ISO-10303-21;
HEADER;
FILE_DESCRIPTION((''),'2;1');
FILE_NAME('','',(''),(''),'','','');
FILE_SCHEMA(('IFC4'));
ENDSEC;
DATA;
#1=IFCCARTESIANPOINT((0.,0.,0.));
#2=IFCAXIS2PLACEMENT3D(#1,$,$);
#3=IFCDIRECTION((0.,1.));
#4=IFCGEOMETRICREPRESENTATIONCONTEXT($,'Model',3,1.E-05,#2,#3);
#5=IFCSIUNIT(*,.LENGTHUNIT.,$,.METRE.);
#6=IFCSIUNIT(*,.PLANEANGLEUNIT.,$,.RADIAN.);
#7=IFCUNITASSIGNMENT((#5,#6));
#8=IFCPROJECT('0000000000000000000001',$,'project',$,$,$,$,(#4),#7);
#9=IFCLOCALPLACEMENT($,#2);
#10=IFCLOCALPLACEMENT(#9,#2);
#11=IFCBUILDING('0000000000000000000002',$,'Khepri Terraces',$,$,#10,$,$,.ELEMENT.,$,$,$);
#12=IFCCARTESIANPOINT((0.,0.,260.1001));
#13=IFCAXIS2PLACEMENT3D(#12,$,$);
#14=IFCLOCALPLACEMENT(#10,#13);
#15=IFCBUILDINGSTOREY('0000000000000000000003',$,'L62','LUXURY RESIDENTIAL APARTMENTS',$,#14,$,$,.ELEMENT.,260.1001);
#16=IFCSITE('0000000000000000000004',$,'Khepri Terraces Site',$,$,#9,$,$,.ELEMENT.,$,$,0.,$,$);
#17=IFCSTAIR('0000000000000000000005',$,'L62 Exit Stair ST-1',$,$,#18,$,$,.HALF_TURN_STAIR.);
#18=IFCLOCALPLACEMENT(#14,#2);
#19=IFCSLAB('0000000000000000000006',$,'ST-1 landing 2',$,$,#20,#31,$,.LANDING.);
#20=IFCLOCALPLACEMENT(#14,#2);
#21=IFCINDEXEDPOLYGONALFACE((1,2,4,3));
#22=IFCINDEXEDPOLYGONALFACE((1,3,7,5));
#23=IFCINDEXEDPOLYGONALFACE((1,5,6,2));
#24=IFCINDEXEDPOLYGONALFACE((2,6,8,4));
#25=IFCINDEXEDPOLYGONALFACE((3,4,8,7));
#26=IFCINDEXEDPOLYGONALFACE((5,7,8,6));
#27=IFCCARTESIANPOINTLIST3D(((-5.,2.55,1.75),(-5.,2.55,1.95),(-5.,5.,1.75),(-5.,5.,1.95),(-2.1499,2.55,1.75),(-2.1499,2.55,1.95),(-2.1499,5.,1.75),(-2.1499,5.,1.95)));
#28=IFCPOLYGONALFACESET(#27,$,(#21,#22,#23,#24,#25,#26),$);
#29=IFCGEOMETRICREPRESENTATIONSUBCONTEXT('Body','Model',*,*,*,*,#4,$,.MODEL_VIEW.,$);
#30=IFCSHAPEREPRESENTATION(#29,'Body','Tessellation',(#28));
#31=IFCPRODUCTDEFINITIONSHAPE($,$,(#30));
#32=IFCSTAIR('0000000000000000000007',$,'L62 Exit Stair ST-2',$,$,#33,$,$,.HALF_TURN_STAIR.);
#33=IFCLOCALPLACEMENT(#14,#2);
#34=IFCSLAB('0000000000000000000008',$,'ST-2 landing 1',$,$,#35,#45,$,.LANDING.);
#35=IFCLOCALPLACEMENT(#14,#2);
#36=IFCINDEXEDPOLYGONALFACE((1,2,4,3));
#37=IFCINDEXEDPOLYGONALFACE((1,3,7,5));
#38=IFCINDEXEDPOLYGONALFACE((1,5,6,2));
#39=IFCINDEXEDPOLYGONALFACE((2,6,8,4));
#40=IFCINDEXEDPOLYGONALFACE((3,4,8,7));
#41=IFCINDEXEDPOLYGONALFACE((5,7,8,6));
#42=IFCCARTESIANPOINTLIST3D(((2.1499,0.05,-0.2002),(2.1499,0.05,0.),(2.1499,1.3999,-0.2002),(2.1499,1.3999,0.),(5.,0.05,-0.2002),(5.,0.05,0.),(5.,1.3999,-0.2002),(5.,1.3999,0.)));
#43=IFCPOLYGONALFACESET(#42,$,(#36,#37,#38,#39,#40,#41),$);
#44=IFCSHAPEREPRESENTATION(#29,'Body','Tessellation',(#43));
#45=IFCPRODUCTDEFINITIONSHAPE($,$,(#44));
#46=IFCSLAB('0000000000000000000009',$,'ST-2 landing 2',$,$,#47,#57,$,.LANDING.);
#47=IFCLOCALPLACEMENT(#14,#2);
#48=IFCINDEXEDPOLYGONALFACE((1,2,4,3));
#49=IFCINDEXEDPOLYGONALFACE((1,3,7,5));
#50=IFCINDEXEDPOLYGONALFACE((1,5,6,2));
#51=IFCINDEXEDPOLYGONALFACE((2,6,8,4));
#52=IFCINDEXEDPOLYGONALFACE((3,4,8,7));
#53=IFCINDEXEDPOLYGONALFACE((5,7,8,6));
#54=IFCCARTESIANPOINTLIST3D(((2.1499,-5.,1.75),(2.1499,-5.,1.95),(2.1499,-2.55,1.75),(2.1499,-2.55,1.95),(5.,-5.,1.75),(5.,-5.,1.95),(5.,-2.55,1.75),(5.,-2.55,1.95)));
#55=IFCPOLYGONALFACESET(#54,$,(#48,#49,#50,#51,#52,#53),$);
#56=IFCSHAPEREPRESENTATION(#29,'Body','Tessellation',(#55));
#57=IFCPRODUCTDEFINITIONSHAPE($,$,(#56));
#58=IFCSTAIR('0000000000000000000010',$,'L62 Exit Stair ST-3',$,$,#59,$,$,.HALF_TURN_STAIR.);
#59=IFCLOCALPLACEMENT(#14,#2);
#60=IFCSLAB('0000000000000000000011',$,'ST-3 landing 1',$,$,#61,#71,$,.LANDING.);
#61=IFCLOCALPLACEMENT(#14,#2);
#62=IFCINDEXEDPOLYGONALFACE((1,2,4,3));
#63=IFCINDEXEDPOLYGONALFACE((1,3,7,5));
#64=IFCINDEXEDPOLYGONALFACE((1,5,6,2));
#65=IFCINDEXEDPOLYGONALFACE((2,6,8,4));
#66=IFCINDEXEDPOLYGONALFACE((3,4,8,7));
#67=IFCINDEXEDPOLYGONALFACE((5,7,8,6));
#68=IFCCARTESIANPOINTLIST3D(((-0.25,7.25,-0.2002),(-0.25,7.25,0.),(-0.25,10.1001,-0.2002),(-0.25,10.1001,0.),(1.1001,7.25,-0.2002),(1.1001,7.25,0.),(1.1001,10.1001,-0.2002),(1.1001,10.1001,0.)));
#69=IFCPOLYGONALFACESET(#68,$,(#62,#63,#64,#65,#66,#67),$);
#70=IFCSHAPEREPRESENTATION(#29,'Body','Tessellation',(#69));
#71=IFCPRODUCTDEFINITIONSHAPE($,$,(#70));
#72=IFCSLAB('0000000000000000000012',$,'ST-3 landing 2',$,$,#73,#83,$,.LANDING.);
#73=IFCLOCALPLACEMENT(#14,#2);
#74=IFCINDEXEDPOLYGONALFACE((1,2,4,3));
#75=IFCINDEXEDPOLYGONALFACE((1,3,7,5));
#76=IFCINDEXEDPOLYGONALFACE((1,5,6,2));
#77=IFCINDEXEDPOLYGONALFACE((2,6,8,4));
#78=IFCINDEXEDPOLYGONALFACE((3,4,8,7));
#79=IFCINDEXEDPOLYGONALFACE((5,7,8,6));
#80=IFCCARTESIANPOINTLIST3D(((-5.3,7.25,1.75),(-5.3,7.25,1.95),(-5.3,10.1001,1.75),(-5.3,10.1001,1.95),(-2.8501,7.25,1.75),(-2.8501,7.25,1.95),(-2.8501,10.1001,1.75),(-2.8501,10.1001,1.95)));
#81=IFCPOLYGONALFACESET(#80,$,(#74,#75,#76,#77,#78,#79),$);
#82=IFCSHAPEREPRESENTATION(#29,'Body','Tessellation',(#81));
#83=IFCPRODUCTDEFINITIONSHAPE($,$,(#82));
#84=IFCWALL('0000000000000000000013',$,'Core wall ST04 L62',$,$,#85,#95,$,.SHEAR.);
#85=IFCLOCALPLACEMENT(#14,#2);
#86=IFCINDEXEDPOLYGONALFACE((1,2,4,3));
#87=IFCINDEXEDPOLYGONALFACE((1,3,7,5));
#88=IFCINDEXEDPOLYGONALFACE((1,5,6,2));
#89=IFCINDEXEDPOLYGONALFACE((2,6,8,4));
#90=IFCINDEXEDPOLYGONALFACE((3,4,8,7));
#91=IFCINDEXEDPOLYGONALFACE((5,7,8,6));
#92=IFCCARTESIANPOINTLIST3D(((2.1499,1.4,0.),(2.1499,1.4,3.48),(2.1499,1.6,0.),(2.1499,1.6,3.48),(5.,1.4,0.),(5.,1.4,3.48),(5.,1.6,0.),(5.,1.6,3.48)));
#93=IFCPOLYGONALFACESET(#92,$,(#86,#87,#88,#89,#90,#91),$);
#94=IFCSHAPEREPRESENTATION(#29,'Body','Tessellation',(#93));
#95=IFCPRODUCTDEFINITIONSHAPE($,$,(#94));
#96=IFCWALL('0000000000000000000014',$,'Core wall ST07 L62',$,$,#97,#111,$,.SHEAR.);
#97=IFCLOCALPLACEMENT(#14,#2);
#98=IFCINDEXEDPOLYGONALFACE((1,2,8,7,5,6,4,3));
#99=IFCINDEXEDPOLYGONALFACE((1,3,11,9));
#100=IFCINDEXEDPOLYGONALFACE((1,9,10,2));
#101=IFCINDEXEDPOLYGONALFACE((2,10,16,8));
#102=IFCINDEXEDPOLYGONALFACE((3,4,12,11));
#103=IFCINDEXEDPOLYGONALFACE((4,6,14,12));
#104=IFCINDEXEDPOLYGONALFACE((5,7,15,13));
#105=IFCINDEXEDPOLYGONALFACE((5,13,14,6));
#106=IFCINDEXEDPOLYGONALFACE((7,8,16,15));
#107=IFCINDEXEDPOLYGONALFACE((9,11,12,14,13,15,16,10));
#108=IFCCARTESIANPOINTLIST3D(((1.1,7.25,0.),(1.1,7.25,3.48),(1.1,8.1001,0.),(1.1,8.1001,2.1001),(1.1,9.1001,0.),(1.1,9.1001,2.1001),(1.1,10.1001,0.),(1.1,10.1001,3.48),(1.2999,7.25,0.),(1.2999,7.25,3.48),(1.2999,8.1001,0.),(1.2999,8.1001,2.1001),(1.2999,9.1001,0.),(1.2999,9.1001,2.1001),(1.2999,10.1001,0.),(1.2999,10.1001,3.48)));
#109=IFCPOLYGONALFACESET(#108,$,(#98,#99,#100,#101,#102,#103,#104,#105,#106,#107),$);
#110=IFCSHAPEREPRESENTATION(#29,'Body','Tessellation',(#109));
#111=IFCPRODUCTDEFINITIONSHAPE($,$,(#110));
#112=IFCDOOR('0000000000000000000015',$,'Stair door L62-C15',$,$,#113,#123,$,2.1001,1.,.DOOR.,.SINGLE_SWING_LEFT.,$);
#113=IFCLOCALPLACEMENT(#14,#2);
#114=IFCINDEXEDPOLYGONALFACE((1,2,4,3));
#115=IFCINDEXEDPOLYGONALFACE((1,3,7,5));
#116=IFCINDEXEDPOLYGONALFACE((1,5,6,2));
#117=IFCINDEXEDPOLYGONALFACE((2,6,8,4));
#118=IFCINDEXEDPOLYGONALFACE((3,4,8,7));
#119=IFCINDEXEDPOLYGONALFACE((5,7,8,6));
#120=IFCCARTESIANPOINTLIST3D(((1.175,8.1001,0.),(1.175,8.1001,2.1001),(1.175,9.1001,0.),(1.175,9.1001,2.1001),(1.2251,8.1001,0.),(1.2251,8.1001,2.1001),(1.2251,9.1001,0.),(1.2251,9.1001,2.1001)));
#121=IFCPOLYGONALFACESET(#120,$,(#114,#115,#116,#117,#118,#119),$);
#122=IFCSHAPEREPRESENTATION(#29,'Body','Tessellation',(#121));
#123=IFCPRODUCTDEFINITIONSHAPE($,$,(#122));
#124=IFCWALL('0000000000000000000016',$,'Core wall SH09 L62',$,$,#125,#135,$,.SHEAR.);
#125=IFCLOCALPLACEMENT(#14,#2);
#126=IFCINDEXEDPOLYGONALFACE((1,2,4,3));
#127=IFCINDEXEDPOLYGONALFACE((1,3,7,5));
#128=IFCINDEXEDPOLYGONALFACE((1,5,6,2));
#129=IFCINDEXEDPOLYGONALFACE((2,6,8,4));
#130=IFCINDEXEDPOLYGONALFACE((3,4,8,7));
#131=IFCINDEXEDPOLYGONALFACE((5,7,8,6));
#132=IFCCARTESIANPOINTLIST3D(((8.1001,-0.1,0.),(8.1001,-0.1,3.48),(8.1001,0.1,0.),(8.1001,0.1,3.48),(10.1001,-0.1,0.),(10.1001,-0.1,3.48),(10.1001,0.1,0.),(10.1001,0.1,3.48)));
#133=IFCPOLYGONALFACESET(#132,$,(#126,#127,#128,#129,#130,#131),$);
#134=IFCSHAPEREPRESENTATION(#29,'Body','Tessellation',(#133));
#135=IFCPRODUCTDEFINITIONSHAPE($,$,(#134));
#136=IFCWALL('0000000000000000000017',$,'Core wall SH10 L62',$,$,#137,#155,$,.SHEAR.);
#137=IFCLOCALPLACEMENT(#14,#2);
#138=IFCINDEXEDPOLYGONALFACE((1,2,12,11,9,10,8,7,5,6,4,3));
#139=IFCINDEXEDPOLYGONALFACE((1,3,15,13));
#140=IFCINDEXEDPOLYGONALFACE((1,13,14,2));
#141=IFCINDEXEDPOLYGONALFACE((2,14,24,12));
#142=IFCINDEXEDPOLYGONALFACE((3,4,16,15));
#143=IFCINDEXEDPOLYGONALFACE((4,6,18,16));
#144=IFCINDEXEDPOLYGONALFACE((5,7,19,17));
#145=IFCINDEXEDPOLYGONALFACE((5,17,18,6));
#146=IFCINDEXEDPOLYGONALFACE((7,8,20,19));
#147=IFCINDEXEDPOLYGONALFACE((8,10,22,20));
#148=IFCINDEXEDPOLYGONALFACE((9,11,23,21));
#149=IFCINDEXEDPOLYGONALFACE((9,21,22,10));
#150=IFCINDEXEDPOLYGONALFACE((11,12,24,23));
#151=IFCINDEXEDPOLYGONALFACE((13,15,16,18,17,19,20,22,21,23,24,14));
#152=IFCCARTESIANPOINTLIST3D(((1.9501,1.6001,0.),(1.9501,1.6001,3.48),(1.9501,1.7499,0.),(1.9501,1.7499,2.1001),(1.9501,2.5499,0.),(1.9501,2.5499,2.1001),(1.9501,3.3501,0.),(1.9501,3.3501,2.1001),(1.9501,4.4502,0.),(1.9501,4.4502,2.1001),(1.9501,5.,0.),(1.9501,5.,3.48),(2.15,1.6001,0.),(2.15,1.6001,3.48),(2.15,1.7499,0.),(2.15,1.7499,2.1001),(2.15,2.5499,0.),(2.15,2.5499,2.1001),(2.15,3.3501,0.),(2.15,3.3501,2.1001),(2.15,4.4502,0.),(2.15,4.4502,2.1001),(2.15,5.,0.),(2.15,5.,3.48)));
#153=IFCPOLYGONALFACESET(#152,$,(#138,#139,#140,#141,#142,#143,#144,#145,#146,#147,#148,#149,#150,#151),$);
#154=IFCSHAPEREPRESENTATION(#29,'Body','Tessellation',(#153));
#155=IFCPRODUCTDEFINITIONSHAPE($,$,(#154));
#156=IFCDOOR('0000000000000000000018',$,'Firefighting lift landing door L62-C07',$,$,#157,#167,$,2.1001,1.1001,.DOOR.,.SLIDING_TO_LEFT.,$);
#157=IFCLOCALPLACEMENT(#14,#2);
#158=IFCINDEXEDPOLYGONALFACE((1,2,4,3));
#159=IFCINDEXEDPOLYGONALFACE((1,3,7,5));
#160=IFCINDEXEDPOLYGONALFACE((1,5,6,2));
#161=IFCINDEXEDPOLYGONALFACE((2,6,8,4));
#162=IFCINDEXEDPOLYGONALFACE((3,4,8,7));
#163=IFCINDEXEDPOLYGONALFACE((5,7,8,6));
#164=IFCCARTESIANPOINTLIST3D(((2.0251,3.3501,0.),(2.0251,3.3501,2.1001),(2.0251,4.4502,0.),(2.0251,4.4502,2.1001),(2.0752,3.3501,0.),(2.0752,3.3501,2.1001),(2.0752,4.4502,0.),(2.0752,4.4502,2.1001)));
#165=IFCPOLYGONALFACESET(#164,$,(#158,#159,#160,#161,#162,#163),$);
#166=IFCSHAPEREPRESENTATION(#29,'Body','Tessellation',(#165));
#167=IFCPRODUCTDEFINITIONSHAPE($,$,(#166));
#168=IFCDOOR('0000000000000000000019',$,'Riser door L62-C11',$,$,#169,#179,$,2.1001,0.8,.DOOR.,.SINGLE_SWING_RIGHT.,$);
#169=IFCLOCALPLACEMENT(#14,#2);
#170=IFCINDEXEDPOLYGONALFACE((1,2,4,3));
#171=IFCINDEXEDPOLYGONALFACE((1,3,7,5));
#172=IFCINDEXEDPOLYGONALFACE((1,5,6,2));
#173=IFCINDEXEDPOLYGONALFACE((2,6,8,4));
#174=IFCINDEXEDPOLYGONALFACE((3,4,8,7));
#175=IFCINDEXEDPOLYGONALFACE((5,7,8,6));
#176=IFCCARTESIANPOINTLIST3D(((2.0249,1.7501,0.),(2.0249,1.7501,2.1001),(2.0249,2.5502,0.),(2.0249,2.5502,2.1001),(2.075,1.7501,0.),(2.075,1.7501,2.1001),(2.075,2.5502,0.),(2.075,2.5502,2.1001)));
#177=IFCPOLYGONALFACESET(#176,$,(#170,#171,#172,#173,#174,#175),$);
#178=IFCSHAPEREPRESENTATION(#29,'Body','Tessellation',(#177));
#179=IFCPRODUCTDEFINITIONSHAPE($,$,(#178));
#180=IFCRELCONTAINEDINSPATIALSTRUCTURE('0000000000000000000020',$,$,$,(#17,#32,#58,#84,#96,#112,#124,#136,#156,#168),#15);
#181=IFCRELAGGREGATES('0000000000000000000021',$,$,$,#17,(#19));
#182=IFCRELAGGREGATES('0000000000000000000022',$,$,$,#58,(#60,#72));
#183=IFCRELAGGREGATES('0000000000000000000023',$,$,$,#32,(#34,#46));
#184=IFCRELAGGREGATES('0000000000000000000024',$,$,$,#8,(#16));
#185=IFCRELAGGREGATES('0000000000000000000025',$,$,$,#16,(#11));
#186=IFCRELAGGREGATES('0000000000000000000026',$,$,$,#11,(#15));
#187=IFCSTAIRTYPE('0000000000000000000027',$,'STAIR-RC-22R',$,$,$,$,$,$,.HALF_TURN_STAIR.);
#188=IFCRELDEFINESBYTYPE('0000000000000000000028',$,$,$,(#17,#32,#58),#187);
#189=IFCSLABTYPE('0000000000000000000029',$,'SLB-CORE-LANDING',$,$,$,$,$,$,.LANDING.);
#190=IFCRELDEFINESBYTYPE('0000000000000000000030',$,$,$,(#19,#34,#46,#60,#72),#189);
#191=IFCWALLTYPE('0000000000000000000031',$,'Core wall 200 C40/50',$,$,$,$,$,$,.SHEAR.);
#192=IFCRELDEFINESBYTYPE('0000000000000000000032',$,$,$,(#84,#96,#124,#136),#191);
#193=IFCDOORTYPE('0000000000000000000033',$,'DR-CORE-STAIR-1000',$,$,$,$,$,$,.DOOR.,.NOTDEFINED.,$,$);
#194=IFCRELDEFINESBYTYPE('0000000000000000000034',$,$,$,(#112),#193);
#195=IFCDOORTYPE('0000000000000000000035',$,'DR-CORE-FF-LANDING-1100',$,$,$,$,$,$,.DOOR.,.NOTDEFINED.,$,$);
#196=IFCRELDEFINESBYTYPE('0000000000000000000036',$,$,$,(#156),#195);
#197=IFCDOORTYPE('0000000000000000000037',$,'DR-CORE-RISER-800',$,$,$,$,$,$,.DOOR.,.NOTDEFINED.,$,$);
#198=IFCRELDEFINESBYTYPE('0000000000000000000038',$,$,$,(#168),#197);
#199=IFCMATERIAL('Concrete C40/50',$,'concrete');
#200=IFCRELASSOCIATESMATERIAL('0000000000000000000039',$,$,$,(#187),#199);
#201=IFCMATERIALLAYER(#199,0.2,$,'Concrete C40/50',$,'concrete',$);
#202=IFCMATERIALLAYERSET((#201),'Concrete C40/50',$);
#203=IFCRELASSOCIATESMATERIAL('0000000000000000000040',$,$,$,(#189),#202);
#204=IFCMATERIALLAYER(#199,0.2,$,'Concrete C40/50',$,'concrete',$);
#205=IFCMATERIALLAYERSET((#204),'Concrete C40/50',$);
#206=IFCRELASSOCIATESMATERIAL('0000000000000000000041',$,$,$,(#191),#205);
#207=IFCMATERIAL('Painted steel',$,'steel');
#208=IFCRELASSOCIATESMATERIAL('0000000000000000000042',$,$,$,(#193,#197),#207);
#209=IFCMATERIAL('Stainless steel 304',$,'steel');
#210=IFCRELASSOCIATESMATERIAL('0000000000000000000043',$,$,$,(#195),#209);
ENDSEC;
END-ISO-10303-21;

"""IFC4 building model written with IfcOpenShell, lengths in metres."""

from ifc_helpers import new_model, si_unit, direction, frame, frame_2d, origin, place, context, subcontext, project, spatial, polyline, rectangle, outline, extrude, material, layer, layer_set, type_object, element, fill, aggregate, save


model = new_model("IFC4")

# Units and contexts
model_context = context("Model", 3, precision=1e-05, world=origin(), true_north=direction((0.0, 1.0)))
body_context = subcontext(model_context, "Body", "Model", "MODEL_VIEW")
ifc_project = project(units=[si_unit("LENGTHUNIT", "METRE"), si_unit("PLANEANGLEUNIT", "RADIAN")], contexts=[model_context])

# Site, building, storey
site_placement = place(None, origin())
site = spatial("IfcSite", under=ifc_project, at=site_placement, Name="Khepri Terraces Site", CompositionType="ELEMENT", RefElevation=0.0)
building_placement = place(site_placement, origin())
building = spatial("IfcBuilding", under=site, at=building_placement, Name="Khepri Terraces", CompositionType="ELEMENT")
storey_placement = place(building_placement, frame((0.0, 0.0, 260.1001)))
storey = spatial("IfcBuildingStorey", under=building, at=storey_placement, Name="L62", Description="LUXURY RESIDENTIAL APARTMENTS", CompositionType="ELEMENT", Elevation=260.1001)

# Stair, slab
ifc_material_1 = material(Name="Concrete C40/50", Category="concrete")
stair_type = type_object("IfcStairType", Name="STAIR-RC-22R", PredefinedType="HALF_TURN_STAIR", material=ifc_material_1)
stair_1_placement = place(storey_placement, origin())
stair_1 = element("IfcStair", 1, at=stair_1_placement, inside=storey, type_object=stair_type, Name="L62 Exit Stair ST-1", PredefinedType="HALF_TURN_STAIR")
ifc_layer_1 = layer(ifc_material_1, 0.2, Name="Concrete C40/50", Category="concrete")
ifc_layer_set_1 = layer_set([ifc_layer_1], Name="Concrete C40/50")
slab_type = type_object("IfcSlabType", Name="SLB-CORE-LANDING", PredefinedType="LANDING", material=ifc_layer_set_1)
slab_1_placement = place(storey_placement, frame((0.0, 0.0, 1.75)))
slab_1 = element("IfcSlab", 2, at=slab_1_placement, type_object=slab_type, Name="ST-1 landing 2", PredefinedType="LANDING", context=body_context, shape_type="SweptSolid", body=[
    extrude(outline(polyline([(-2.1499, 2.55), (-2.1499, 5.0), (-5.0, 5.0), (-5.0, 2.55), (-2.1499, 2.55)])), origin(), (0.0, 0.0, 1.0), 0.2),
])
aggregate(stair_1, [slab_1])

# Stairs, slabs
stair_2_placement = place(storey_placement, origin())
stair_2 = element("IfcStair", 3, at=stair_2_placement, inside=storey, type_object=stair_type, Name="L62 Exit Stair ST-2", PredefinedType="HALF_TURN_STAIR")
slab_2_placement = place(storey_placement, frame((0.0, 0.0, -0.2002)))
slab_2 = element("IfcSlab", 4, at=slab_2_placement, type_object=slab_type, Name="ST-2 landing 1", PredefinedType="LANDING", context=body_context, shape_type="SweptSolid", body=[
    extrude(outline(polyline([(2.1499, 1.3999), (2.1499, 0.05), (5.0, 0.05), (5.0, 1.3999), (2.1499, 1.3999)])), origin(), (0.0, 0.0, 1.0), 0.2002),
])
slab_3_placement = place(storey_placement, frame((0.0, 0.0, 1.75)))
slab_3 = element("IfcSlab", 5, at=slab_3_placement, type_object=slab_type, Name="ST-2 landing 2", PredefinedType="LANDING", context=body_context, shape_type="SweptSolid", body=[
    extrude(outline(polyline([(2.1499, -2.55), (2.1499, -5.0), (5.0, -5.0), (5.0, -2.55), (2.1499, -2.55)])), origin(), (0.0, 0.0, 1.0), 0.2),
])
stair_3_placement = place(storey_placement, origin())
stair_3 = element("IfcStair", 6, at=stair_3_placement, inside=storey, type_object=stair_type, Name="L62 Exit Stair ST-3", PredefinedType="HALF_TURN_STAIR")
slab_4_placement = place(storey_placement, frame((0.0, 0.0, -0.2002)))
slab_4 = element("IfcSlab", 7, at=slab_4_placement, type_object=slab_type, Name="ST-3 landing 1", PredefinedType="LANDING", context=body_context, shape_type="SweptSolid", body=[
    extrude(outline(polyline([(1.1001, 10.1001), (-0.25, 10.1001), (-0.25, 7.25), (1.1001, 7.25), (1.1001, 10.1001)])), origin(), (0.0, 0.0, 1.0), 0.2002),
])
slab_5_placement = place(storey_placement, frame((0.0, 0.0, 1.75)))
slab_5 = element("IfcSlab", 8, at=slab_5_placement, type_object=slab_type, Name="ST-3 landing 2", PredefinedType="LANDING", context=body_context, shape_type="SweptSolid", body=[
    extrude(outline(polyline([(-2.8501, 10.1001), (-5.3, 10.1001), (-5.3, 7.25), (-2.8501, 7.25), (-2.8501, 10.1001)])), origin(), (0.0, 0.0, 1.0), 0.2),
])
aggregate(stair_3, [slab_4, slab_5])

# Wall
ifc_layer_2 = layer(ifc_material_1, 0.2, Name="Concrete C40/50", Category="concrete")
ifc_layer_set_2 = layer_set([ifc_layer_2], Name="Concrete C40/50")
wall_type_1 = type_object("IfcWallType", Name="Core wall 200 C40/50", PredefinedType="SHEAR", material=ifc_layer_set_2)
wall_1_placement = place(storey_placement, frame((2.1499, 1.5, 0.0), z_axis=(0.0, 0.0, 1.0), x_axis=(1.0, 0.0, 0.0)))
element("IfcWall", 9, at=wall_1_placement, inside=storey, type_object=wall_type_1, Name="Core wall ST04 L62", PredefinedType="SHEAR", context=body_context, shape_type="SweptSolid", body=[
    extrude(rectangle(XDim=2.8501, YDim=0.2, at=frame_2d((1.425, 0.0))), origin(), (0.0, 0.0, 1.0), 3.48),
])

# Wall, opening, door
wall_2_placement = place(storey_placement, frame((1.2, 7.25, 0.0), z_axis=(0.0, 0.0, 1.0), x_axis=(0.0, 1.0, 0.0)))
wall_2 = element("IfcWall", 10, at=wall_2_placement, inside=storey, type_object=wall_type_1, Name="Core wall ST07 L62", PredefinedType="SHEAR", context=body_context, shape_type="SweptSolid", body=[
    extrude(rectangle(XDim=2.8501, YDim=0.2, at=frame_2d((1.425, 0.0))), origin(), (0.0, 0.0, 1.0), 3.48),
])
opening_1_placement = place(wall_2_placement, frame((0.8501, 0.0, 0.0)))
opening_1 = element("IfcOpeningElement", 11, at=opening_1_placement, cuts=wall_2, PredefinedType="OPENING", context=body_context, shape_type="SweptSolid", body=[
    extrude(rectangle(XDim=1.0, YDim=2.1001, at=frame_2d((0.5, 1.05))), frame((0.0, 0.1099, 0.0), z_axis=(0.0, -1.0, 0.0), x_axis=(1.0, 0.0, 0.0)), (0.0, 0.0, 1.0), 0.22),
])
ifc_material_2 = material(Name="Painted steel", Category="steel")
door_type_1 = type_object("IfcDoorType", Name="DR-CORE-STAIR-1000", OperationType="NOTDEFINED", PredefinedType="DOOR", material=ifc_material_2)
door_1_placement = place(opening_1_placement, origin())
door_1 = element("IfcDoor", 12, at=door_1_placement, inside=storey, type_object=door_type_1, Name="Stair door L62-C15", OperationType="SINGLE_SWING_LEFT", OverallHeight=2.1001, OverallWidth=1.0, PredefinedType="DOOR", context=body_context, shape_type="SweptSolid", body=[
    extrude(rectangle(XDim=1.0, YDim=2.1001, at=frame_2d((0.5, 1.05))), frame((0.0, 0.0249, 0.0), z_axis=(0.0, -1.0, 0.0), x_axis=(1.0, 0.0, 0.0)), (0.0, 0.0, 1.0), 0.05),
])
fill(opening_1, door_1)

# Wall
wall_3_placement = place(storey_placement, frame((8.1001, 0.0, 0.0), z_axis=(0.0, 0.0, 1.0), x_axis=(1.0, 0.0, 0.0)))
element("IfcWall", 13, at=wall_3_placement, inside=storey, type_object=wall_type_1, Name="Core wall SH09 L62", PredefinedType="SHEAR", context=body_context, shape_type="SweptSolid", body=[
    extrude(rectangle(XDim=2.0, YDim=0.2, at=frame_2d((1.0, 0.0))), origin(), (0.0, 0.0, 1.0), 3.48),
])

# Wall, openings, doors
wall_4_placement = place(storey_placement, frame((2.05, 1.6001, 0.0), z_axis=(0.0, 0.0, 1.0), x_axis=(0.0, 1.0, 0.0)))
wall_4 = element("IfcWall", 14, at=wall_4_placement, inside=storey, type_object=wall_type_1, Name="Core wall SH10 L62", PredefinedType="SHEAR", context=body_context, shape_type="SweptSolid", body=[
    extrude(rectangle(XDim=3.3999, YDim=0.2, at=frame_2d((1.7, 0.0))), origin(), (0.0, 0.0, 1.0), 3.48),
])
opening_2_placement = place(wall_4_placement, frame((1.75, 0.0, 0.0)))
opening_2 = element("IfcOpeningElement", 15, at=opening_2_placement, cuts=wall_4, PredefinedType="OPENING", context=body_context, shape_type="SweptSolid", body=[
    extrude(rectangle(XDim=1.1001, YDim=2.1001, at=frame_2d((0.55, 1.05))), frame((0.0, 0.1099, 0.0), z_axis=(0.0, -1.0, 0.0), x_axis=(1.0, 0.0, 0.0)), (0.0, 0.0, 1.0), 0.22),
])
opening_3_placement = place(wall_4_placement, frame((0.1499, 0.0, 0.0)))
opening_3 = element("IfcOpeningElement", 16, at=opening_3_placement, cuts=wall_4, PredefinedType="OPENING", context=body_context, shape_type="SweptSolid", body=[
    extrude(rectangle(XDim=0.8, YDim=2.1001, at=frame_2d((0.3999, 1.05))), frame((0.0, 0.1099, 0.0), z_axis=(0.0, -1.0, 0.0), x_axis=(1.0, 0.0, 0.0)), (0.0, 0.0, 1.0), 0.22),
])
ifc_material_3 = material(Name="Stainless steel 304", Category="steel")
door_type_2 = type_object("IfcDoorType", Name="DR-CORE-FF-LANDING-1100", OperationType="NOTDEFINED", PredefinedType="DOOR", material=ifc_material_3)
door_2_placement = place(opening_2_placement, origin())
door_2 = element("IfcDoor", 17, at=door_2_placement, inside=storey, type_object=door_type_2, Name="Firefighting lift landing door L62-C07", OperationType="SLIDING_TO_LEFT", OverallHeight=2.1001, OverallWidth=1.1001, PredefinedType="DOOR", context=body_context, shape_type="SweptSolid", body=[
    extrude(rectangle(XDim=1.1001, YDim=2.1001, at=frame_2d((0.55, 1.05))), frame((0.0, 0.0249, 0.0), z_axis=(0.0, -1.0, 0.0), x_axis=(1.0, 0.0, 0.0)), (0.0, 0.0, 1.0), 0.05),
])
fill(opening_2, door_2)
door_type_3 = type_object("IfcDoorType", Name="DR-CORE-RISER-800", OperationType="NOTDEFINED", PredefinedType="DOOR", material=ifc_material_2)
door_3_placement = place(opening_3_placement, frame((0.8, 0.0, 0.0), z_axis=(0.0, 0.0, 1.0), x_axis=(-1.0, 0.0, 0.0)))
door_3 = element("IfcDoor", 18, at=door_3_placement, inside=storey, type_object=door_type_3, Name="Riser door L62-C11", OperationType="SINGLE_SWING_RIGHT", OverallHeight=2.1001, OverallWidth=0.8, PredefinedType="DOOR", context=body_context, shape_type="SweptSolid", body=[
    extrude(rectangle(XDim=0.8, YDim=2.1001, at=frame_2d((0.3999, 1.05))), frame((0.0, 0.0249, 0.0), z_axis=(0.0, -1.0, 0.0), x_axis=(1.0, 0.0, 0.0)), (0.0, 0.0, 1.0), 0.05),
])
fill(opening_3, door_3)

aggregate(stair_2, [slab_2, slab_3])

save(model, "model.ifc")
